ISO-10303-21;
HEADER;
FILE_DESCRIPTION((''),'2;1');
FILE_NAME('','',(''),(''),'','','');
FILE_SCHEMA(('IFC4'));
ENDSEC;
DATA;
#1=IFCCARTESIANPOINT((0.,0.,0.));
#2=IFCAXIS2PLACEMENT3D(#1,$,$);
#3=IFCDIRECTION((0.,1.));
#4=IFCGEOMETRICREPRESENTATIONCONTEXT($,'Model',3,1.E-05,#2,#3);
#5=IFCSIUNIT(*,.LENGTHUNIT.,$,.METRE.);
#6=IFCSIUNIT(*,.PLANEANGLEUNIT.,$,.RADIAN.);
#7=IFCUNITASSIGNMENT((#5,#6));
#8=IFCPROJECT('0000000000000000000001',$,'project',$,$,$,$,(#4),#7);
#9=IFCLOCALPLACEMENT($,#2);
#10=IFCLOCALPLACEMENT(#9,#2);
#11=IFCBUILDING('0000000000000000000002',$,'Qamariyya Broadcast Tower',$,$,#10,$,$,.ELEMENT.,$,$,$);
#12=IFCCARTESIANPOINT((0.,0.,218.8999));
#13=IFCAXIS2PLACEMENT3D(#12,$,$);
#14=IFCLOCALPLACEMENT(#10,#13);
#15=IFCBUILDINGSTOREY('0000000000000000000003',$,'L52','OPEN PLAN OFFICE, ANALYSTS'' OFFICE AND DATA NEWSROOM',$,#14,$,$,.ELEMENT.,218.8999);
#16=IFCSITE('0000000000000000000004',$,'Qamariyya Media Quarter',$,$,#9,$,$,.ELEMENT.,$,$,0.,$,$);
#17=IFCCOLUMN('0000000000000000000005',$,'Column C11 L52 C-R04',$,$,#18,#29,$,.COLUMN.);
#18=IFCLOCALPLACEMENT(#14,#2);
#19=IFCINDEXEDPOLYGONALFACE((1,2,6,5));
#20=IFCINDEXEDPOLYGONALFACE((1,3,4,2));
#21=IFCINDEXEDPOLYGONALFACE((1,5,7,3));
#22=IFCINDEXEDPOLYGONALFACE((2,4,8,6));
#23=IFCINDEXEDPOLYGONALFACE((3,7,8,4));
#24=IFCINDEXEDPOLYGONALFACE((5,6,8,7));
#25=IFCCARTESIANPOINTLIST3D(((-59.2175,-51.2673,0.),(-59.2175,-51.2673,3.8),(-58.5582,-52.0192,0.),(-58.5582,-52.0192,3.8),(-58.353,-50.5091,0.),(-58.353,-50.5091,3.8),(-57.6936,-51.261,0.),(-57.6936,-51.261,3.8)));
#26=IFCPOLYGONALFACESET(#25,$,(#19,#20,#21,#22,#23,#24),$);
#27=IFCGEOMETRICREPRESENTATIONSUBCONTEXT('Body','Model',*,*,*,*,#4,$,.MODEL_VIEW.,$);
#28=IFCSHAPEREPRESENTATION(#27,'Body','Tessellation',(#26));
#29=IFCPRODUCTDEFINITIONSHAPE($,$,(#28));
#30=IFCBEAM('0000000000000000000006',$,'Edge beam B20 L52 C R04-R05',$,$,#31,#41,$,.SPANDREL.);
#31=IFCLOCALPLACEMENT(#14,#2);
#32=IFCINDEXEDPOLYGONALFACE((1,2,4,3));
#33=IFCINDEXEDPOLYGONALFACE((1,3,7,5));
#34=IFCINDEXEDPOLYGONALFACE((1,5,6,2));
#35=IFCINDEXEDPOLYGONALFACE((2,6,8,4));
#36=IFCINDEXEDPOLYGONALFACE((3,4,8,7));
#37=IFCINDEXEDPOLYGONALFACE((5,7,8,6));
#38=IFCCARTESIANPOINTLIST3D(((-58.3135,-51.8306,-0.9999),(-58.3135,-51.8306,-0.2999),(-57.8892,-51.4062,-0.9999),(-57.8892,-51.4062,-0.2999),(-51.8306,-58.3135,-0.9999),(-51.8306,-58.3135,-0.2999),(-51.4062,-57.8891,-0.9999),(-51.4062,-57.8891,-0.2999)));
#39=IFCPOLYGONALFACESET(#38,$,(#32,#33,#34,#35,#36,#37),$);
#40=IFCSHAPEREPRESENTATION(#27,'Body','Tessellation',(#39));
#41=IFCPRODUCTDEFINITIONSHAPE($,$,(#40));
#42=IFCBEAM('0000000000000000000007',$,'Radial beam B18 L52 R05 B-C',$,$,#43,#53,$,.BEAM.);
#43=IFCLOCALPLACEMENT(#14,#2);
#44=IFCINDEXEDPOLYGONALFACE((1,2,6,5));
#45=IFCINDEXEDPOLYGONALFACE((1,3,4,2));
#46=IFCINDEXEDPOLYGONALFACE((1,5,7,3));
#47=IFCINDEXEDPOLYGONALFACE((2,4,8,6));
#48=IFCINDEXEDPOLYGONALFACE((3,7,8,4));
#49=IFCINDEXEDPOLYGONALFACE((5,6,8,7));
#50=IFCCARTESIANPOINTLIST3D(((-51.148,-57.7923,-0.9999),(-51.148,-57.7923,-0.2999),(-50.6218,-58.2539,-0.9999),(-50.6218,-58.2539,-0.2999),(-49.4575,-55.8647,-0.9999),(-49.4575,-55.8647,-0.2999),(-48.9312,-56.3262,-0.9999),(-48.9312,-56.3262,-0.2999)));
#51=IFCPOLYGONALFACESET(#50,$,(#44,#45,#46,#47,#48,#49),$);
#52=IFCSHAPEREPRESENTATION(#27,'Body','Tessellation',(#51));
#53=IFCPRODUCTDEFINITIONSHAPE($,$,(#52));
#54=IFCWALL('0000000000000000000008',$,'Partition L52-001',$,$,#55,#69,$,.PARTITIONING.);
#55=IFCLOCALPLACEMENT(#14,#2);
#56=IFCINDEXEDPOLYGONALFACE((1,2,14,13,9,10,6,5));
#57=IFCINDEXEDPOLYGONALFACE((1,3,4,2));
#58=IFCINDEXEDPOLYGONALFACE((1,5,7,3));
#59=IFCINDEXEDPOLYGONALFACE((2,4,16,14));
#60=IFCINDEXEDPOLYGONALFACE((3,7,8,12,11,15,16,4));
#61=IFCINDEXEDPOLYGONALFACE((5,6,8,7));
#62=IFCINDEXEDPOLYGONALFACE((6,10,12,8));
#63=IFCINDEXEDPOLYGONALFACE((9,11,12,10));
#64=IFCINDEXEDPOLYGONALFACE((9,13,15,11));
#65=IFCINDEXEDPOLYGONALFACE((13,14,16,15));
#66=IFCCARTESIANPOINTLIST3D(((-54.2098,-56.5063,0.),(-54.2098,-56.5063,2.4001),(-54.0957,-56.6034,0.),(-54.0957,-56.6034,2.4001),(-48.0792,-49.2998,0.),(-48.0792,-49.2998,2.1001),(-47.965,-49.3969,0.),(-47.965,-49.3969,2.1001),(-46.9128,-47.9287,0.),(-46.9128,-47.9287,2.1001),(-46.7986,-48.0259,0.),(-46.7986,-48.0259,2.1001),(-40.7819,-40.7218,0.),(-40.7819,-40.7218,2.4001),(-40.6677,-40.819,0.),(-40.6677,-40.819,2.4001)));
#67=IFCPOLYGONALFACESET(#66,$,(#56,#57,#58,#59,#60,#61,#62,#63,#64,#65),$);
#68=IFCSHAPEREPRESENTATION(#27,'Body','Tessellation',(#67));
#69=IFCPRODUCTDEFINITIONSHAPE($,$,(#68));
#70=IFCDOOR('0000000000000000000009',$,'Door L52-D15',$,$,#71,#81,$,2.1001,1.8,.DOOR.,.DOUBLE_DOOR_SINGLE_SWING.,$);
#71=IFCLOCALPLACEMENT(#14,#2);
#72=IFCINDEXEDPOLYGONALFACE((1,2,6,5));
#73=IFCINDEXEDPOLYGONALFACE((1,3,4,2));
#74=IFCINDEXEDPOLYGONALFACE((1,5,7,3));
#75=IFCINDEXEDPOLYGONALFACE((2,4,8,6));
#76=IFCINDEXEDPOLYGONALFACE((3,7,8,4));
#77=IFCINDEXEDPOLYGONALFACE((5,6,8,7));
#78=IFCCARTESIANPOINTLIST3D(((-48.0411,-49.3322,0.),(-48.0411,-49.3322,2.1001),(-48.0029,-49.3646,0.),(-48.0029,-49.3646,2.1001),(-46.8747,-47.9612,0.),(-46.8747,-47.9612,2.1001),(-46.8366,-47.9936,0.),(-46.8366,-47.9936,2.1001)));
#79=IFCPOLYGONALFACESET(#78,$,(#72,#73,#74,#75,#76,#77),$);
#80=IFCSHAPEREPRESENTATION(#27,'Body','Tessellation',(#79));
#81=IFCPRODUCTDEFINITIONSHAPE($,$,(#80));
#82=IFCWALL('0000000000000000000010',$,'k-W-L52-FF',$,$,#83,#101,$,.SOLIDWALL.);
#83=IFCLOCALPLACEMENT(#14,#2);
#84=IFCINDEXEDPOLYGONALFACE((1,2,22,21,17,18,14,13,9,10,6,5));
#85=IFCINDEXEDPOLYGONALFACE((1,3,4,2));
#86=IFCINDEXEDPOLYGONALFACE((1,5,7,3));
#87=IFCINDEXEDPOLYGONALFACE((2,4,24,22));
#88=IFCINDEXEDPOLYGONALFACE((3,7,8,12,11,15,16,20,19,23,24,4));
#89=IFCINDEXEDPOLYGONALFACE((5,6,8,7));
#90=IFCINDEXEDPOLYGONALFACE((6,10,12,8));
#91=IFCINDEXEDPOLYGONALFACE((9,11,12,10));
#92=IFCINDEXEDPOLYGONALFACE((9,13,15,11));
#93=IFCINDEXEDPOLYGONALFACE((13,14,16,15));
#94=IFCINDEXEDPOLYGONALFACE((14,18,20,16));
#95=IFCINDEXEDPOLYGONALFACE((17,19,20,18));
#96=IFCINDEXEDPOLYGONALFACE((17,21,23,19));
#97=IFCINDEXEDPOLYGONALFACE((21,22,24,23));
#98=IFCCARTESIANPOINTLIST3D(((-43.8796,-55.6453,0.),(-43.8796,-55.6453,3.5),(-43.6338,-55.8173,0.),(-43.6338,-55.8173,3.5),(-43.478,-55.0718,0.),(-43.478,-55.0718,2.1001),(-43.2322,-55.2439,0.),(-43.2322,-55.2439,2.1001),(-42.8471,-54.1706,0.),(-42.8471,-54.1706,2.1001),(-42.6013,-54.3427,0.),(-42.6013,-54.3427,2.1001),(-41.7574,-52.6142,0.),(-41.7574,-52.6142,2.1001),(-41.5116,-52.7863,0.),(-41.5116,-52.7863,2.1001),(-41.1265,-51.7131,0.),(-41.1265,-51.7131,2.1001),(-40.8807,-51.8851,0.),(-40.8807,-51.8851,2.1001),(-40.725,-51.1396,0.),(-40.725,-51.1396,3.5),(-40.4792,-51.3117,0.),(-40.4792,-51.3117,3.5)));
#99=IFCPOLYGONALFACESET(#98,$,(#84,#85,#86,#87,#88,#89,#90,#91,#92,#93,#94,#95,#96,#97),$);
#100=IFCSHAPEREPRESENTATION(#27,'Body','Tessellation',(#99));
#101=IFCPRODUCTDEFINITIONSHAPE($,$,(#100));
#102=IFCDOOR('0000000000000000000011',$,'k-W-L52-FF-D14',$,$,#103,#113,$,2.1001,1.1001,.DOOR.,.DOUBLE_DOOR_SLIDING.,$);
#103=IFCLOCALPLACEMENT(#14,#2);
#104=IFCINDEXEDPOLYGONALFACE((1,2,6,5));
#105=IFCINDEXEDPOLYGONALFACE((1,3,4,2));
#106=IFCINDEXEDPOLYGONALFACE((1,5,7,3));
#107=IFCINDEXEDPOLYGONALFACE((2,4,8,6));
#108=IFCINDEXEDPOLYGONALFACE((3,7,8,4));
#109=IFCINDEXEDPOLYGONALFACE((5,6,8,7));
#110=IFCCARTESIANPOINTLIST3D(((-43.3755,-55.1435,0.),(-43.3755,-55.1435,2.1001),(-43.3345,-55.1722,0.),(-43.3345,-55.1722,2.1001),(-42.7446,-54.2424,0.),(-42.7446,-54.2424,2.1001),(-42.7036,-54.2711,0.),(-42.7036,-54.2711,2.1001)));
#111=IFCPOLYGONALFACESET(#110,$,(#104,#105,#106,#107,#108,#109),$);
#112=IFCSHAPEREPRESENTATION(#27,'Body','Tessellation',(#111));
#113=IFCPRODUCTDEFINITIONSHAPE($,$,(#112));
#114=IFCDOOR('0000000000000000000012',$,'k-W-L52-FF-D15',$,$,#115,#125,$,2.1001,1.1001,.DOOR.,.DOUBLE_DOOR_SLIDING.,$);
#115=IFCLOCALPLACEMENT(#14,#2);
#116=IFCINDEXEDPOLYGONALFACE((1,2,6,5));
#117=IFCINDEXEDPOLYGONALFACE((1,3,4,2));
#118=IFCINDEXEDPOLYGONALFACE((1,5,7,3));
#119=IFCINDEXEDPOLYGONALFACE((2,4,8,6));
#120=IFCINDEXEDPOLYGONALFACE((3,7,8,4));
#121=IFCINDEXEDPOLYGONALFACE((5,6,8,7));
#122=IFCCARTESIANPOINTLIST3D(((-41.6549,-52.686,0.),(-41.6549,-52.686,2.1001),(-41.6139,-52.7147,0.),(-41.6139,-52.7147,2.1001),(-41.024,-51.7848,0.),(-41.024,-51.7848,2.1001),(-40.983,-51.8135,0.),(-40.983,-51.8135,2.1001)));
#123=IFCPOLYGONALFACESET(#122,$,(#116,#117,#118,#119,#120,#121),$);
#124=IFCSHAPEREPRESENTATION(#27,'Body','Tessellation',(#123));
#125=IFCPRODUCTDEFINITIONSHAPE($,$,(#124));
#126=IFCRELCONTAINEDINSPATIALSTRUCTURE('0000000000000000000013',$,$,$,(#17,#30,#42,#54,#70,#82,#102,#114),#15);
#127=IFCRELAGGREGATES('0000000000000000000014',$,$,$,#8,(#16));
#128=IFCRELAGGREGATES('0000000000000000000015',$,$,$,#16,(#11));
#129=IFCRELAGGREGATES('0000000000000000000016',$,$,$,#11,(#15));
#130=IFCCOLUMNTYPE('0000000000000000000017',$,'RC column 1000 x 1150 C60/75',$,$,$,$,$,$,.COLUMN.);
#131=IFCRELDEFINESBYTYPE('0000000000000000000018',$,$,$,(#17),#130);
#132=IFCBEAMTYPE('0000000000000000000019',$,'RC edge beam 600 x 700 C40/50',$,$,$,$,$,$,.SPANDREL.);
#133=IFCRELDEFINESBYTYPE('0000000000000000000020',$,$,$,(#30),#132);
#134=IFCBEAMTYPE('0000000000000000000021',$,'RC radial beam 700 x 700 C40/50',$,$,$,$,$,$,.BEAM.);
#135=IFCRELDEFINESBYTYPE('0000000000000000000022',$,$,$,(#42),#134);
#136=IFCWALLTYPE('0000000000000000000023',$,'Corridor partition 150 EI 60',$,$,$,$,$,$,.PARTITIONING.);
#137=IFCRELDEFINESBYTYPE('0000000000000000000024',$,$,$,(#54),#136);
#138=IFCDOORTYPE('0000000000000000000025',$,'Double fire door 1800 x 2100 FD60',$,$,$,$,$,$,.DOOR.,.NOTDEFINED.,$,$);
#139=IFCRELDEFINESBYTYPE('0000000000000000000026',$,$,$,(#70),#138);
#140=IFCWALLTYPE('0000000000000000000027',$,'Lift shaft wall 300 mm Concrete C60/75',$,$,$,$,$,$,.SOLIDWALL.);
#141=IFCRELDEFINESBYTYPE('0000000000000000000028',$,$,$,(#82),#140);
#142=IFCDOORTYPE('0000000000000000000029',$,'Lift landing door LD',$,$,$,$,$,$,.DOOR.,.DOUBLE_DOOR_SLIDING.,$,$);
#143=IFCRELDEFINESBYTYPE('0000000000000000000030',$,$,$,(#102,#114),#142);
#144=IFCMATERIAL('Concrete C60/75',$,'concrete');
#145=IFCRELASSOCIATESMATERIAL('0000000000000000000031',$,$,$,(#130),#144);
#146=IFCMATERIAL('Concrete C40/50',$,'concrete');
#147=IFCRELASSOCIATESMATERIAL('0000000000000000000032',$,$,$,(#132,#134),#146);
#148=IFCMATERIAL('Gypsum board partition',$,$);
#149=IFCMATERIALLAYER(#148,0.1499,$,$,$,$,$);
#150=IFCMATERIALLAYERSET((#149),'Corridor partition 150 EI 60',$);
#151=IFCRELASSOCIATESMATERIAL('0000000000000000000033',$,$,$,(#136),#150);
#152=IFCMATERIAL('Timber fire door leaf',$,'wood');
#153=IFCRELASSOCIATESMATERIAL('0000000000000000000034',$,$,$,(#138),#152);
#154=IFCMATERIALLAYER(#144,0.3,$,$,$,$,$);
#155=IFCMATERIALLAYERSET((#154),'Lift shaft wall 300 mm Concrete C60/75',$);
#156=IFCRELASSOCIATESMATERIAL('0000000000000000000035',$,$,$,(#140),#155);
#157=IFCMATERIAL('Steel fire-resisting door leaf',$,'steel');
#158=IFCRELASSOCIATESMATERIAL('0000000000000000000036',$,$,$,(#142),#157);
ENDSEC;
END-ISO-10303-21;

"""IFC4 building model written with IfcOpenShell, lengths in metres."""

from ifc_helpers import new_model, si_unit, direction, frame, frame_2d, origin, origin_2d, place, context, subcontext, project, spatial, rectangle, extrude, material, layer, layer_set, material_profile, profile_set, type_object, element, fill, save


model = new_model("IFC4")

# Units and contexts
model_context = context("Model", 3, precision=1e-05, world=origin(), true_north=direction((0.0, 1.0)))
body_context = subcontext(model_context, "Body", "Model", "MODEL_VIEW")
ifc_project = project(units=[si_unit("LENGTHUNIT", "METRE"), si_unit("PLANEANGLEUNIT", "RADIAN")], contexts=[model_context])

# Site, building, storey
site_placement = place(None, origin())
site = spatial("IfcSite", under=ifc_project, at=site_placement, Name="Qamariyya Media Quarter", CompositionType="ELEMENT", RefElevation=0.0)
building_placement = place(site_placement, origin())
building = spatial("IfcBuilding", under=site, at=building_placement, Name="Qamariyya Broadcast Tower", CompositionType="ELEMENT")
storey_placement = place(building_placement, frame((0.0, 0.0, 218.8999)))
storey = spatial("IfcBuildingStorey", under=building, at=storey_placement, Name="L52", Description="OPEN PLAN OFFICE, ANALYSTS' OFFICE AND DATA NEWSROOM", CompositionType="ELEMENT", Elevation=218.8999)

# Column
ifc_material_1 = material(Name="Concrete C60/75", Category="concrete")
ifc_material_profile_1 = material_profile(ifc_material_1, rectangle(XDim=1.0, YDim=1.1499, at=origin_2d()))
ifc_profile_set_1 = profile_set([ifc_material_profile_1], Name="Concrete C60/75")
column_type = type_object("IfcColumnType", Name="RC column 1000 x 1150 C60/75", PredefinedType="COLUMN", material=ifc_profile_set_1)
column_placement = place(storey_placement, frame((-58.4556, -51.2642, 0.0), z_axis=(0.0, 0.0, 1.0), x_axis=(0.659346, -0.75184, 0.0)))
element("IfcColumn", 1, at=column_placement, inside=storey, type_object=column_type, Name="Column C11 L52 C-R04", PredefinedType="COLUMN", context=body_context, shape_type="SweptSolid", body=[
    extrude(rectangle(XDim=1.0, YDim=1.1499, at=origin_2d()), origin(), (0.0, 0.0, 1.0), 3.8),
])

# Beams
ifc_material_2 = material(Name="Concrete C40/50", Category="concrete")
ifc_material_profile_2 = material_profile(ifc_material_2, rectangle(XDim=0.6001, YDim=0.7, at=origin_2d()))
ifc_profile_set_2 = profile_set([ifc_material_profile_2], Name="Concrete C40/50")
beam_type_1 = type_object("IfcBeamType", Name="RC edge beam 600 x 700 C40/50", PredefinedType="SPANDREL", material=ifc_profile_set_2)
beam_1_placement = place(storey_placement, frame((-58.1013, -51.6184, -0.6499), z_axis=(0.707107, -0.707107, 0.0), x_axis=(0.707107, 0.707107, 0.0)))
element("IfcBeam", 2, at=beam_1_placement, inside=storey, type_object=beam_type_1, Name="Edge beam B20 L52 C R04-R05", PredefinedType="SPANDREL", context=body_context, shape_type="SweptSolid", body=[
    extrude(rectangle(XDim=0.6001, YDim=0.7, at=origin_2d()), origin(), (0.0, 0.0, 1.0), 9.1682),
])
ifc_material_profile_3 = material_profile(ifc_material_2, rectangle(XDim=0.7, YDim=0.7, at=origin_2d()))
ifc_profile_set_3 = profile_set([ifc_material_profile_3], Name="Concrete C40/50")
beam_type_2 = type_object("IfcBeamType", Name="RC radial beam 700 x 700 C40/50", PredefinedType="BEAM", material=ifc_profile_set_3)
beam_2_placement = place(storey_placement, frame((-49.1943, -56.0955, -0.6499), z_axis=(-0.659367, -0.751821, 0.0), x_axis=(0.751821, -0.659367, 0.0)))
element("IfcBeam", 3, at=beam_2_placement, inside=storey, type_object=beam_type_2, Name="Radial beam B18 L52 R05 B-C", PredefinedType="BEAM", context=body_context, shape_type="SweptSolid", body=[
    extrude(rectangle(XDim=0.7, YDim=0.7, at=origin_2d()), origin(), (0.0, 0.0, 1.0), 2.564),
])

# Wall, opening, door
ifc_material_3 = material(Name="Gypsum board partition")
ifc_layer_1 = layer(ifc_material_3, 0.1499)
ifc_layer_set_1 = layer_set([ifc_layer_1], Name="Corridor partition 150 EI 60")
wall_type_1 = type_object("IfcWallType", Name="Corridor partition 150 EI 60", PredefinedType="PARTITIONING", material=ifc_layer_set_1)
wall_1_placement = place(storey_placement, frame((-54.1528, -56.5549, 0.0), z_axis=(0.0, 0.0, 1.0), x_axis=(0.647963, 0.761672, 0.0)))
wall_1 = element("IfcWall", 4, at=wall_1_placement, inside=storey, type_object=wall_type_1, Name="Partition L52-001", PredefinedType="PARTITIONING", context=body_context, shape_type="SweptSolid", body=[
    extrude(rectangle(XDim=20.7234, YDim=0.1499, at=frame_2d((10.3618, 0.0))), origin(), (0.0, 0.0, 1.0), 2.4001),
])
opening_1_placement = place(wall_1_placement, frame((9.4617, 0.0, 0.0)))
opening_1 = element("IfcOpeningElement", 5, at=opening_1_placement, cuts=wall_1, PredefinedType="OPENING", context=body_context, shape_type="SweptSolid", body=[
    extrude(rectangle(XDim=1.8, YDim=2.1001, at=frame_2d((0.8999, 1.05))), frame((0.0, 0.085, 0.0), z_axis=(0.0, -1.0, 0.0), x_axis=(1.0, 0.0, 0.0)), (0.0, 0.0, 1.0), 0.1699),
])
ifc_material_4 = material(Name="Timber fire door leaf", Category="wood")
door_type_1 = type_object("IfcDoorType", Name="Double fire door 1800 x 2100 FD60", OperationType="NOTDEFINED", PredefinedType="DOOR", material=ifc_material_4)
door_1_placement = place(opening_1_placement, origin())
door_1 = element("IfcDoor", 6, at=door_1_placement, inside=storey, type_object=door_type_1, Name="Door L52-D15", OperationType="DOUBLE_DOOR_SINGLE_SWING", OverallHeight=2.1001, OverallWidth=1.8, PredefinedType="DOOR", context=body_context, shape_type="SweptSolid", body=[
    extrude(rectangle(XDim=1.8, YDim=2.1001, at=frame_2d((0.8999, 1.05))), frame((0.0, 0.0249, 0.0), z_axis=(0.0, -1.0, 0.0), x_axis=(1.0, 0.0, 0.0)), (0.0, 0.0, 1.0), 0.05),
])
fill(opening_1, door_1)

# Wall, openings, doors
ifc_layer_2 = layer(ifc_material_1, 0.3)
ifc_layer_set_2 = layer_set([ifc_layer_2], Name="Lift shaft wall 300 mm Concrete C60/75")
wall_type_2 = type_object("IfcWallType", Name="Lift shaft wall 300 mm Concrete C60/75", PredefinedType="SOLIDWALL", material=ifc_layer_set_2)
wall_2_placement = place(storey_placement, frame((-43.7566, -55.7312, 0.0), z_axis=(0.0, 0.0, 1.0), x_axis=(0.573537, 0.81918, 0.0)))
wall_2 = element("IfcWall", 7, at=wall_2_placement, inside=storey, type_object=wall_type_2, Name="k-W-L52-FF", PredefinedType="SOLIDWALL", context=body_context, shape_type="SweptSolid", body=[
    extrude(rectangle(XDim=5.5002, YDim=0.3, at=frame_2d((2.75, 0.0))), origin(), (0.0, 0.0, 1.0), 3.5),
])
opening_2_placement = place(wall_2_placement, frame((0.7, 0.0, 0.0)))
opening_2 = element("IfcOpeningElement", 8, at=opening_2_placement, cuts=wall_2, PredefinedType="OPENING", context=body_context, shape_type="SweptSolid", body=[
    extrude(rectangle(XDim=1.1001, YDim=2.1001, at=frame_2d((0.55, 1.05))), frame((0.0, 0.1599, 0.0), z_axis=(0.0, -1.0, 0.0), x_axis=(1.0, 0.0, 0.0)), (0.0, 0.0, 1.0), 0.3201),
])
opening_3_placement = place(wall_2_placement, frame((3.7, 0.0, 0.0)))
opening_3 = element("IfcOpeningElement", 9, at=opening_3_placement, cuts=wall_2, PredefinedType="OPENING", context=body_context, shape_type="SweptSolid", body=[
    extrude(rectangle(XDim=1.1001, YDim=2.1001, at=frame_2d((0.55, 1.05))), frame((0.0, 0.1599, 0.0), z_axis=(0.0, -1.0, 0.0), x_axis=(1.0, 0.0, 0.0)), (0.0, 0.0, 1.0), 0.3201),
])
ifc_material_5 = material(Name="Steel fire-resisting door leaf", Category="steel")
door_type_2 = type_object("IfcDoorType", Name="Lift landing door LD", OperationType="DOUBLE_DOOR_SLIDING", PredefinedType="DOOR", material=ifc_material_5)
door_2_placement = place(opening_2_placement, origin())
door_2 = element("IfcDoor", 10, at=door_2_placement, inside=storey, type_object=door_type_2, Name="k-W-L52-FF-D14", OperationType="DOUBLE_DOOR_SLIDING", OverallHeight=2.1001, OverallWidth=1.1001, PredefinedType="DOOR", context=body_context, shape_type="SweptSolid", body=[
    extrude(rectangle(XDim=1.1001, YDim=2.1001, at=frame_2d((0.55, 1.05))), frame((0.0, 0.0249, 0.0), z_axis=(0.0, -1.0, 0.0), x_axis=(1.0, 0.0, 0.0)), (0.0, 0.0, 1.0), 0.05),
])
fill(opening_2, door_2)
door_3_placement = place(opening_3_placement, origin())
door_3 = element("IfcDoor", 11, at=door_3_placement, inside=storey, type_object=door_type_2, Name="k-W-L52-FF-D15", OperationType="DOUBLE_DOOR_SLIDING", OverallHeight=2.1001, OverallWidth=1.1001, PredefinedType="DOOR", context=body_context, shape_type="SweptSolid", body=[
    extrude(rectangle(XDim=1.1001, YDim=2.1001, at=frame_2d((0.55, 1.05))), frame((0.0, 0.0249, 0.0), z_axis=(0.0, -1.0, 0.0), x_axis=(1.0, 0.0, 0.0)), (0.0, 0.0, 1.0), 0.05),
])
fill(opening_3, door_3)

save(model, "model.ifc")
